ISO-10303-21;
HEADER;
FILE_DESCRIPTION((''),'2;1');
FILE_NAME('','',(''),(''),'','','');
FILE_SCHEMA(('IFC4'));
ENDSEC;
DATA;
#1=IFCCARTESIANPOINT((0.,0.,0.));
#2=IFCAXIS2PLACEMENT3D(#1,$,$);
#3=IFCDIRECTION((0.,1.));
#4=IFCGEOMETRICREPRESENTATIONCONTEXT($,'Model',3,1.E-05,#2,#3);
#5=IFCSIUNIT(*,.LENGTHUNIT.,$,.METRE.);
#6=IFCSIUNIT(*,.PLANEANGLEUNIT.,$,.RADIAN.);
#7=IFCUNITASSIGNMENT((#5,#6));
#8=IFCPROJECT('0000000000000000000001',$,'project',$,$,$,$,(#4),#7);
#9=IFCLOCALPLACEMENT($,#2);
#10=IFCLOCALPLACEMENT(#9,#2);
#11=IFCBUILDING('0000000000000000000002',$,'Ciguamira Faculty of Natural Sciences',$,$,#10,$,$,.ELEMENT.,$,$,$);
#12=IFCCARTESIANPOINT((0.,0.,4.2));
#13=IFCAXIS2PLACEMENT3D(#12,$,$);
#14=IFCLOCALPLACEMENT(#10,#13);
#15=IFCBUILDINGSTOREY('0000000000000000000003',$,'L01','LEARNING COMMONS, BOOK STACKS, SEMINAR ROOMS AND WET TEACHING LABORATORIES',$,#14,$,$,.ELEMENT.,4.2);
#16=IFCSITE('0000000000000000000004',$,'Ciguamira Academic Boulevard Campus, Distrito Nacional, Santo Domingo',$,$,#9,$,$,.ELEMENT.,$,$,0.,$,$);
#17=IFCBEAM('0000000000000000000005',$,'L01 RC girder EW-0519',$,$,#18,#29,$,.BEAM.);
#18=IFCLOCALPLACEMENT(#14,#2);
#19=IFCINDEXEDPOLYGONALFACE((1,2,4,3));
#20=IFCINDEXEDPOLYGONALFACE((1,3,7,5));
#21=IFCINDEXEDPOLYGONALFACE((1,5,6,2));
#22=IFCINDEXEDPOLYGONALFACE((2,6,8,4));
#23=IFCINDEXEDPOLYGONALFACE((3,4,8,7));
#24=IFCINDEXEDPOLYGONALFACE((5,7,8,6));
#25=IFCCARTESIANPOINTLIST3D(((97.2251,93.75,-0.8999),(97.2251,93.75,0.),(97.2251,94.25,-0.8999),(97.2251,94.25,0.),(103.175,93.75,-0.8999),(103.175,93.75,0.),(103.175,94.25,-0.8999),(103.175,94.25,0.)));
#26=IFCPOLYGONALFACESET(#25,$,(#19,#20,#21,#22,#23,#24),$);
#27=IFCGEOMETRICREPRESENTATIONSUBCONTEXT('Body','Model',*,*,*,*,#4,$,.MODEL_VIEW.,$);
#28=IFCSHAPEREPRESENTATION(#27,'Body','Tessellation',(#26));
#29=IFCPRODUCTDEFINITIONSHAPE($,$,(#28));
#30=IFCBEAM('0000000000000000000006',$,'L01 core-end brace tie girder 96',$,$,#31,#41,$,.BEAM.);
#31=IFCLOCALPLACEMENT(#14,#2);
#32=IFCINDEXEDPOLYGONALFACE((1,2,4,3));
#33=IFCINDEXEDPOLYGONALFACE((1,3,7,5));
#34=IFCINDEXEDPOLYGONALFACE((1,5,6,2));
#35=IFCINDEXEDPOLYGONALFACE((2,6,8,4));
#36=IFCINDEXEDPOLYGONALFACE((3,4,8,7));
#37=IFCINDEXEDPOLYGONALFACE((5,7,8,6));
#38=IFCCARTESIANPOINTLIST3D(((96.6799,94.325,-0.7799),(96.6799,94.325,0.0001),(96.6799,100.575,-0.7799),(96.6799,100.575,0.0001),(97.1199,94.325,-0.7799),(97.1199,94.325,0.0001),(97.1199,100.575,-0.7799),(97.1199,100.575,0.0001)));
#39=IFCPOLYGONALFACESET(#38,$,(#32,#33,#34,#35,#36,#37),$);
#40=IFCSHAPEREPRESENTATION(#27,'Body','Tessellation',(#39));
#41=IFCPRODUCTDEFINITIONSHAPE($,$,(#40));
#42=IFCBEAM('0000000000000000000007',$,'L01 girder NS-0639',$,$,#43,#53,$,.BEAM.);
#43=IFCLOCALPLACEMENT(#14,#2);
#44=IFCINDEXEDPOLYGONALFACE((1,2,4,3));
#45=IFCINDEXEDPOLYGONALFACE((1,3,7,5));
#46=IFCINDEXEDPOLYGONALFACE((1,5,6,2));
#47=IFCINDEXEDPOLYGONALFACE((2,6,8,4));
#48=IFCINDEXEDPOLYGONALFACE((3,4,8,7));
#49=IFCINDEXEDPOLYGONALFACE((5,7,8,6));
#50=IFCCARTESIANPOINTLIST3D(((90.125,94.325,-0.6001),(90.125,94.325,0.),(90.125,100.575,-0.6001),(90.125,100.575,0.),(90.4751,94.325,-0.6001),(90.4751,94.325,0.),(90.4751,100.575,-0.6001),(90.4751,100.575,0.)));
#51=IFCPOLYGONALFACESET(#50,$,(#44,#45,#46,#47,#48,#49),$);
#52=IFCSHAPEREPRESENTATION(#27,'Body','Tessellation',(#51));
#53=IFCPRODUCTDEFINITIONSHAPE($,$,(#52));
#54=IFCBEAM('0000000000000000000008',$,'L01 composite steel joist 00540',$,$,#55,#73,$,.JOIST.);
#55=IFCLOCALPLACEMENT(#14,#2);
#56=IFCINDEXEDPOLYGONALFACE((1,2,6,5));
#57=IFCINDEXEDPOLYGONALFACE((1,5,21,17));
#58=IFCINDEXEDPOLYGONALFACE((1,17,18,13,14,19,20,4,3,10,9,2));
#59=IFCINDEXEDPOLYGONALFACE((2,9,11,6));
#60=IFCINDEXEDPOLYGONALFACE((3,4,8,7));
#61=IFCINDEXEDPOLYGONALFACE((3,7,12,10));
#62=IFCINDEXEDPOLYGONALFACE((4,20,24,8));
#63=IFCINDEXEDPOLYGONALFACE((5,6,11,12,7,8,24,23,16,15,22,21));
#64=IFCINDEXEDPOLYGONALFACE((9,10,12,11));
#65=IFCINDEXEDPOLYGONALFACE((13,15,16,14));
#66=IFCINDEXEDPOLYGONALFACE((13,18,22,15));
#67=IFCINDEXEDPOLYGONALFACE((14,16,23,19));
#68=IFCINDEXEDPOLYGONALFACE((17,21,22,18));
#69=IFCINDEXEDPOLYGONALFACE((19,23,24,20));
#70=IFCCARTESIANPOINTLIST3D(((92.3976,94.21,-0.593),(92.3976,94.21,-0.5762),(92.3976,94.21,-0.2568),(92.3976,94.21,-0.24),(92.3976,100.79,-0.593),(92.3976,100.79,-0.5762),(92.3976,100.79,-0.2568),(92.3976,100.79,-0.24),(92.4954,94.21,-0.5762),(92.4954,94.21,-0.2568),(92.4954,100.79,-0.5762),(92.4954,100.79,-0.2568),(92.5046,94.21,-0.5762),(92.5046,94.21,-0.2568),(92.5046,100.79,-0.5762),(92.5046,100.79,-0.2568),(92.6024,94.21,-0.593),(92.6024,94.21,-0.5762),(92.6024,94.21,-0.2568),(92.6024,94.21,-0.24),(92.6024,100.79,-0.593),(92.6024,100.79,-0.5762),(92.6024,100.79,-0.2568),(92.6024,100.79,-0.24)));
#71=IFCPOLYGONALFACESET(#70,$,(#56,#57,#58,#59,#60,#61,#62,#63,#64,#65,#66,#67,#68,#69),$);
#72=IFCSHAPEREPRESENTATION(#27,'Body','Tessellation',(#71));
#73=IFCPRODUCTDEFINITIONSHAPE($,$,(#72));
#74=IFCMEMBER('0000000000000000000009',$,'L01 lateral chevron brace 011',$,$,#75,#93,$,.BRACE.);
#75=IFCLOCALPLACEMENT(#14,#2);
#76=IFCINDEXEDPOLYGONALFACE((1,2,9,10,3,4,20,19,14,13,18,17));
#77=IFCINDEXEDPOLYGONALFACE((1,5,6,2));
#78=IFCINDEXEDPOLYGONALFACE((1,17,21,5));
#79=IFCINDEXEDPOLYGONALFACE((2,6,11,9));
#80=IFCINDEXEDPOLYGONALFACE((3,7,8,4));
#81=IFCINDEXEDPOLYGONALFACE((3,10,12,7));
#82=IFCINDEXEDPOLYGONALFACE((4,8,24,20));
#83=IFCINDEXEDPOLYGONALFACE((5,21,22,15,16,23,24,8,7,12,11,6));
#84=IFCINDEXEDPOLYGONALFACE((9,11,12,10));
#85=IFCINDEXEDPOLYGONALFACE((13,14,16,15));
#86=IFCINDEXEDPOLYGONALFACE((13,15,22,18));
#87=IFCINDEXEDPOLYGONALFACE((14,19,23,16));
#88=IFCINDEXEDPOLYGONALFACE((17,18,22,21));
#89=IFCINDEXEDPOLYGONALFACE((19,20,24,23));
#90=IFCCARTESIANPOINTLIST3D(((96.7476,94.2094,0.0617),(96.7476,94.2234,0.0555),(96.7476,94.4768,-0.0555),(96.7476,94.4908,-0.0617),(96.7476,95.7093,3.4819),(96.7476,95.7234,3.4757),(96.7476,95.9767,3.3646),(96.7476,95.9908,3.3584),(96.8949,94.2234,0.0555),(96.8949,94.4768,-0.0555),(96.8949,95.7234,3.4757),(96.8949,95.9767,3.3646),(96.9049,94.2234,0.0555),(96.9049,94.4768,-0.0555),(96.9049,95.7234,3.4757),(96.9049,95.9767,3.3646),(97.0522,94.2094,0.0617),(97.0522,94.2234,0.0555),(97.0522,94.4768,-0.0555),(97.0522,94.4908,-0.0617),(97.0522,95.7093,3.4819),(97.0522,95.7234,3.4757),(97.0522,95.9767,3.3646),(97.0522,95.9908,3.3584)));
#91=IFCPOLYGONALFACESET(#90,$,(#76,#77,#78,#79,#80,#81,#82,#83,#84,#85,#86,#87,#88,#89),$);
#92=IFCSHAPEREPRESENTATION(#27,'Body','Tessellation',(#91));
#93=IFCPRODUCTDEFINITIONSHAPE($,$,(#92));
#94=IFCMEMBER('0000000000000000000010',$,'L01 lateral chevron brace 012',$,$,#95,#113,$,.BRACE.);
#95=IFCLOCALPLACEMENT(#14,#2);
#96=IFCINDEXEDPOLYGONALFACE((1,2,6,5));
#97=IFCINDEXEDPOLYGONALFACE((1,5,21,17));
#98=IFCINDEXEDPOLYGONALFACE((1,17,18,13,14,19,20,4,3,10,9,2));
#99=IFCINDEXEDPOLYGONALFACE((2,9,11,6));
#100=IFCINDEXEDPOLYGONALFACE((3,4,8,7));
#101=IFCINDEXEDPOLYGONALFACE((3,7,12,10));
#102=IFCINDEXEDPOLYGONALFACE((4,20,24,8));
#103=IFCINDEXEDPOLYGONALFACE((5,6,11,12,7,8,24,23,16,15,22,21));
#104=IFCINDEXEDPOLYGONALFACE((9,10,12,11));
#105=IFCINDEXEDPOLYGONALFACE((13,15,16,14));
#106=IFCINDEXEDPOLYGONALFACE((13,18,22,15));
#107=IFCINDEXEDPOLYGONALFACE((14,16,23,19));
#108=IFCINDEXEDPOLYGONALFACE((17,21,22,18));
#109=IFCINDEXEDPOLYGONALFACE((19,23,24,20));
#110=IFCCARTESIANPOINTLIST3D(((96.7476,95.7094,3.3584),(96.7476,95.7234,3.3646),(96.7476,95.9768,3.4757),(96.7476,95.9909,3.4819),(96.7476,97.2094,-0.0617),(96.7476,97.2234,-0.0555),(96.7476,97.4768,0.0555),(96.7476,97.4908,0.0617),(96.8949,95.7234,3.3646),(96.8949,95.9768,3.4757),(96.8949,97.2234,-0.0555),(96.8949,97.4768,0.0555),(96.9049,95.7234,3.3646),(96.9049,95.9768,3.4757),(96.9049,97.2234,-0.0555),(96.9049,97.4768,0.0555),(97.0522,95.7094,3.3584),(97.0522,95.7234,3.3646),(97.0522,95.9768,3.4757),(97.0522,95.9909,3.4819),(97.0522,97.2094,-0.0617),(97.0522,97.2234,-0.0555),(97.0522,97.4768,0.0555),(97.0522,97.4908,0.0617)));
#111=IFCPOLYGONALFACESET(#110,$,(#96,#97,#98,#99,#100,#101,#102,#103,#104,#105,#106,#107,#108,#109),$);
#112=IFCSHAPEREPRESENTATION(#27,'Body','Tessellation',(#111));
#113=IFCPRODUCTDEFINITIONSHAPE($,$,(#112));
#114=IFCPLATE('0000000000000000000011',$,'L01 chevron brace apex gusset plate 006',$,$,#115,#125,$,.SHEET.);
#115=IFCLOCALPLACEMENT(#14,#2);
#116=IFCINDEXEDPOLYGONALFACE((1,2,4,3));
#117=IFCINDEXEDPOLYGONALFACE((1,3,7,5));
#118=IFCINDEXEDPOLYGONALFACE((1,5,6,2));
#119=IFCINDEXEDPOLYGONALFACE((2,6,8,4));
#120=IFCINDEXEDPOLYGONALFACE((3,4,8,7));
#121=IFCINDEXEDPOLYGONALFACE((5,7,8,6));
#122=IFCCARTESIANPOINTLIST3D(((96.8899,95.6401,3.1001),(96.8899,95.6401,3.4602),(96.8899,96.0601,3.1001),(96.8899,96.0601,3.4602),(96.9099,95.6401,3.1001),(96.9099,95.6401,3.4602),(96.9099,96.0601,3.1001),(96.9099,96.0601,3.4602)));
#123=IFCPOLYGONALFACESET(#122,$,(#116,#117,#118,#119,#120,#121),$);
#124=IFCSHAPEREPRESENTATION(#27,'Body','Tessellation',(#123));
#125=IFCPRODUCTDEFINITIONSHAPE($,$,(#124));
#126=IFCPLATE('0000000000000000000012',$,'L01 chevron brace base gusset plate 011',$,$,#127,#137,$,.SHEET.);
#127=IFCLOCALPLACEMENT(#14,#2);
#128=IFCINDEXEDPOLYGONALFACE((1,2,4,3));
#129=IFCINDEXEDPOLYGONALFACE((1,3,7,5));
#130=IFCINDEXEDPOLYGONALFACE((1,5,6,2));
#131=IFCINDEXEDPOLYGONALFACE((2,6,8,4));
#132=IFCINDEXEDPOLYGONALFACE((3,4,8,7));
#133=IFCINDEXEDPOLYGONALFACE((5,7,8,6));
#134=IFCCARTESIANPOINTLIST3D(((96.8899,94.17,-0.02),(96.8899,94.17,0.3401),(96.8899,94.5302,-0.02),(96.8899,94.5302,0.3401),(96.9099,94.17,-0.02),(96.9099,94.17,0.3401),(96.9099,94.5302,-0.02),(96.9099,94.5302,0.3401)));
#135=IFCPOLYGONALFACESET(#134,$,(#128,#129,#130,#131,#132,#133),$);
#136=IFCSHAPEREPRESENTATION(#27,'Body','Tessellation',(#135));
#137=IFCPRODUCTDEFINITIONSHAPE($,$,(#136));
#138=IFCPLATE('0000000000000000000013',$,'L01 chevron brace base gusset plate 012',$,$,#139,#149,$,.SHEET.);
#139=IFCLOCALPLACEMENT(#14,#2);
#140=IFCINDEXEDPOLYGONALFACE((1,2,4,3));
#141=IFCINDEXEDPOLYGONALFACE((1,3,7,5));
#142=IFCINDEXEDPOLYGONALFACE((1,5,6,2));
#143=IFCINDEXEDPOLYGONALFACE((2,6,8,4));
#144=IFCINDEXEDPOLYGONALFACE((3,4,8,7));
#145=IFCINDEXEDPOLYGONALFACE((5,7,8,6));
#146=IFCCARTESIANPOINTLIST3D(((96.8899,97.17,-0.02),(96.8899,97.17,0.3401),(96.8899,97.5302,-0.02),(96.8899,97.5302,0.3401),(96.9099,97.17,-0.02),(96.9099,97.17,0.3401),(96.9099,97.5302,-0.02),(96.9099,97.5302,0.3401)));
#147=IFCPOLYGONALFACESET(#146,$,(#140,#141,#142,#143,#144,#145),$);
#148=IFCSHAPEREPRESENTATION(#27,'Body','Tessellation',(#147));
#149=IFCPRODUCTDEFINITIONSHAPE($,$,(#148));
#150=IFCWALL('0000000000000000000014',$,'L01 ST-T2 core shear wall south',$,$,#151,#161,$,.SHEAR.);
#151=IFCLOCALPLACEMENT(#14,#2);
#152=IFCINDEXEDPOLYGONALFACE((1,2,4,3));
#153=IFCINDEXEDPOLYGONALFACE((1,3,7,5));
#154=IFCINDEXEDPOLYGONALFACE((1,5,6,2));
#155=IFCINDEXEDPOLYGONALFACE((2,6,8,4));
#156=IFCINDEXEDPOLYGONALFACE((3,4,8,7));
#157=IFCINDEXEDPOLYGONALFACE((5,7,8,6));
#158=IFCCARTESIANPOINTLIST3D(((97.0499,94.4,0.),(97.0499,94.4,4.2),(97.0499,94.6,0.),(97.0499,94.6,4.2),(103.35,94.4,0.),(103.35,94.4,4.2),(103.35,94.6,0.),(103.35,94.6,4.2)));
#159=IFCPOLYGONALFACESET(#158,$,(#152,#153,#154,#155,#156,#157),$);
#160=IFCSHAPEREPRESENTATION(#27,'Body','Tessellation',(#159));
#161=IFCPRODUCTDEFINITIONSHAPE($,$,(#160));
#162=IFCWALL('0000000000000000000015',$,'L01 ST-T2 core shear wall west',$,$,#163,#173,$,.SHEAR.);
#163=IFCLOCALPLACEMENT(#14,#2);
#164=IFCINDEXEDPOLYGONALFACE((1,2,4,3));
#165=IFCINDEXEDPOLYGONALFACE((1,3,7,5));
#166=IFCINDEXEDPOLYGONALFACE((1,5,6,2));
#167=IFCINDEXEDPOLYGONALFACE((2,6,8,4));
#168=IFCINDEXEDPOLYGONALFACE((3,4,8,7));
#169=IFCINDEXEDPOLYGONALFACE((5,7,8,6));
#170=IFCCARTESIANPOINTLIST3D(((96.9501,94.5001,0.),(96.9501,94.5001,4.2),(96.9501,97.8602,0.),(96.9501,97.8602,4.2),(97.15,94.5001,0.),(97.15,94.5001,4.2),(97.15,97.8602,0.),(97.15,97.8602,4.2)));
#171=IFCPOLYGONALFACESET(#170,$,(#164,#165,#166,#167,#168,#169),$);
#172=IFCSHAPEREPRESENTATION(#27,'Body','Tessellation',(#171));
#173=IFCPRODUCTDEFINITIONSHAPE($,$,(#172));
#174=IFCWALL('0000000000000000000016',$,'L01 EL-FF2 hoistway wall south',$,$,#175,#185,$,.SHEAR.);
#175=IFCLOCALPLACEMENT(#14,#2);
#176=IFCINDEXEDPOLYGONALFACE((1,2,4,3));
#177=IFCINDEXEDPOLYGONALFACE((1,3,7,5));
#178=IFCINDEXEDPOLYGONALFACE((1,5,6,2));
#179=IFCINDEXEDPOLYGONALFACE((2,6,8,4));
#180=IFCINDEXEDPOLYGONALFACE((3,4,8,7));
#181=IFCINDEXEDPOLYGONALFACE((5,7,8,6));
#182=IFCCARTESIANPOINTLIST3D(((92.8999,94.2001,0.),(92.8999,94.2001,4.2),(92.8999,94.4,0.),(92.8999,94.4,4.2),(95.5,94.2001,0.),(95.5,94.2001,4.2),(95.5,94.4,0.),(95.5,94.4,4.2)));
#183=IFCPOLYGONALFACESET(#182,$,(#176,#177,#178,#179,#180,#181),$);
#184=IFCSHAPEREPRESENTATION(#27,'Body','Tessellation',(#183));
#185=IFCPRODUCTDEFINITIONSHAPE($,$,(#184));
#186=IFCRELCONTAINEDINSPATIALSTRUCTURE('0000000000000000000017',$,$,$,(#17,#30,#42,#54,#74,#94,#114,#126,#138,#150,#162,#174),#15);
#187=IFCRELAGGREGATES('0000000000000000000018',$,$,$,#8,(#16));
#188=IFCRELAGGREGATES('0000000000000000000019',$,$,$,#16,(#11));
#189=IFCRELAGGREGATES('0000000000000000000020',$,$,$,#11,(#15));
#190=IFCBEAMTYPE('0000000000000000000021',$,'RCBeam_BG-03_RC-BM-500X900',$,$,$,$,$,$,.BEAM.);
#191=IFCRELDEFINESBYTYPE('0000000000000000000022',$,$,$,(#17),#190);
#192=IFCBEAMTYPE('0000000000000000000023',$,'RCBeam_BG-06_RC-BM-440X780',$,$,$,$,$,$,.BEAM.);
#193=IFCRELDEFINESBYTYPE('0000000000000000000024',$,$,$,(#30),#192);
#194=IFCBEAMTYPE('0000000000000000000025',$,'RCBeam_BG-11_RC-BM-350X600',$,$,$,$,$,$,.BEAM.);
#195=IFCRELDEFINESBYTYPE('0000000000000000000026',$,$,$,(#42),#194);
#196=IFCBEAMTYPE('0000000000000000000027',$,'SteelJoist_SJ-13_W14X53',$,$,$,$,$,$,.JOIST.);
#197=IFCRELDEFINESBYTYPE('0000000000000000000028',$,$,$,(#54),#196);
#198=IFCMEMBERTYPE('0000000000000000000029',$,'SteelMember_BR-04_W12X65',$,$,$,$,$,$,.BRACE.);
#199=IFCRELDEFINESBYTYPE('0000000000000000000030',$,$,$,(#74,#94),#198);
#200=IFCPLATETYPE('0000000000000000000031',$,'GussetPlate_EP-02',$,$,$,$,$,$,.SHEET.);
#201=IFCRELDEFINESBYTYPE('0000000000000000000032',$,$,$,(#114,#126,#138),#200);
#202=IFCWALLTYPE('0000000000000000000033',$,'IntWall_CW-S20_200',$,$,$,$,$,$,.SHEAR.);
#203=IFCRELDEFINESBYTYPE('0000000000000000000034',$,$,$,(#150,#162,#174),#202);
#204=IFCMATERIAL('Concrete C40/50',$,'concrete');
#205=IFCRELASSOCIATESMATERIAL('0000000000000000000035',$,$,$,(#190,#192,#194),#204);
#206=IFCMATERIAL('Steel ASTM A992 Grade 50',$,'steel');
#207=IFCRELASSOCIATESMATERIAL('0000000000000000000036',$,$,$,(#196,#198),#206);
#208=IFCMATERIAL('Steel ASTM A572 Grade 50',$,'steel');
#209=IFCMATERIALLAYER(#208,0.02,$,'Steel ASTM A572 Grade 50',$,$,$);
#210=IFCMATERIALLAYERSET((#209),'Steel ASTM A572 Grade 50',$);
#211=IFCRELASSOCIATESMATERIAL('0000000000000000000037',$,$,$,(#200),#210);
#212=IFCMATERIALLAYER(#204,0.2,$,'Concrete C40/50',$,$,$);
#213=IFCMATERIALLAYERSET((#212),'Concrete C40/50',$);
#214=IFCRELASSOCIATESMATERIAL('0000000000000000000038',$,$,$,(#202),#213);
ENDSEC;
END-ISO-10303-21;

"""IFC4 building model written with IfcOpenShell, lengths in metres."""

from ifc_helpers import new_model, si_unit, direction, frame, frame_2d, origin, origin_2d, place, context, subcontext, project, spatial, rectangle, i_section, extrude, material, layer, layer_set, material_profile, profile_set, type_object, element, save


model = new_model("IFC4")

# Units and contexts
model_context = context("Model", 3, precision=1e-05, world=origin(), true_north=direction((0.0, 1.0)))
body_context = subcontext(model_context, "Body", "Model", "MODEL_VIEW")
ifc_project = project(units=[si_unit("LENGTHUNIT", "METRE"), si_unit("PLANEANGLEUNIT", "RADIAN")], contexts=[model_context])

# Site, building, storey
site_placement = place(None, origin())
site = spatial("IfcSite", under=ifc_project, at=site_placement, Name="Ciguamira Academic Boulevard Campus, Distrito Nacional, Santo Domingo", CompositionType="ELEMENT", RefElevation=0.0)
building_placement = place(site_placement, origin())
building = spatial("IfcBuilding", under=site, at=building_placement, Name="Ciguamira Faculty of Natural Sciences", CompositionType="ELEMENT")
storey_placement = place(building_placement, frame((0.0, 0.0, 4.2)))
storey = spatial("IfcBuildingStorey", under=building, at=storey_placement, Name="L01", Description="LEARNING COMMONS, BOOK STACKS, SEMINAR ROOMS AND WET TEACHING LABORATORIES", CompositionType="ELEMENT", Elevation=4.2)

# Beams
ifc_material_1 = material(Name="Concrete C40/50", Category="concrete")
ifc_material_profile_1 = material_profile(ifc_material_1, rectangle(XDim=0.5, YDim=0.8999, at=origin_2d()), Name="RC-BM-500X900")
ifc_profile_set_1 = profile_set([ifc_material_profile_1], Name="Concrete C40/50")
beam_type_1 = type_object("IfcBeamType", Name="RCBeam_BG-03_RC-BM-500X900", PredefinedType="BEAM", material=ifc_profile_set_1)
beam_1_placement = place(storey_placement, frame((97.2251, 94.0, -0.45), z_axis=(1.0, 0.0, 0.0), x_axis=(0.0, 1.0, 0.0)))
element("IfcBeam", 1, at=beam_1_placement, inside=storey, type_object=beam_type_1, Name="L01 RC girder EW-0519", PredefinedType="BEAM", context=body_context, shape_type="SweptSolid", body=[
    extrude(rectangle(XDim=0.5, YDim=0.8999, at=origin_2d()), origin(), (0.0, 0.0, 1.0), 5.95),
])
ifc_material_profile_2 = material_profile(ifc_material_1, rectangle(XDim=0.4399, YDim=0.78, at=origin_2d()), Name="RC-BM-440X780")
ifc_profile_set_2 = profile_set([ifc_material_profile_2], Name="Concrete C40/50")
beam_type_2 = type_object("IfcBeamType", Name="RCBeam_BG-06_RC-BM-440X780", PredefinedType="BEAM", material=ifc_profile_set_2)
beam_2_placement = place(storey_placement, frame((96.8999, 94.325, -0.3899), z_axis=(0.0, 1.0, 0.0), x_axis=(-1.0, 0.0, 0.0)))
element("IfcBeam", 2, at=beam_2_placement, inside=storey, type_object=beam_type_2, Name="L01 core-end brace tie girder 96", PredefinedType="BEAM", context=body_context, shape_type="SweptSolid", body=[
    extrude(rectangle(XDim=0.4399, YDim=0.78, at=origin_2d()), origin(), (0.0, 0.0, 1.0), 6.25),
])
ifc_material_profile_3 = material_profile(ifc_material_1, rectangle(XDim=0.3501, YDim=0.6001, at=origin_2d()), Name="RC-BM-350X600")
ifc_profile_set_3 = profile_set([ifc_material_profile_3], Name="Concrete C40/50")
beam_type_3 = type_object("IfcBeamType", Name="RCBeam_BG-11_RC-BM-350X600", PredefinedType="BEAM", material=ifc_profile_set_3)
beam_3_placement = place(storey_placement, frame((90.3, 94.325, -0.3), z_axis=(0.0, 1.0, 0.0), x_axis=(-1.0, 0.0, 0.0)))
element("IfcBeam", 3, at=beam_3_placement, inside=storey, type_object=beam_type_3, Name="L01 girder NS-0639", PredefinedType="BEAM", context=body_context, shape_type="SweptSolid", body=[
    extrude(rectangle(XDim=0.3501, YDim=0.6001, at=origin_2d()), origin(), (0.0, 0.0, 1.0), 6.25),
])
ifc_material_2 = material(Name="Steel ASTM A992 Grade 50", Category="steel")
ifc_material_profile_4 = material_profile(ifc_material_2, i_section(OverallWidth=0.2048, OverallDepth=0.353, WebThickness=0.0093, FlangeThickness=0.0168, at=origin_2d()), Name="W14X53")
ifc_profile_set_4 = profile_set([ifc_material_profile_4], Name="Steel ASTM A992 Grade 50")
beam_type_4 = type_object("IfcBeamType", Name="SteelJoist_SJ-13_W14X53", PredefinedType="JOIST", material=ifc_profile_set_4)
beam_4_placement = place(storey_placement, frame((92.5, 94.21, -0.4165), z_axis=(0.0, 1.0, 0.0), x_axis=(-1.0, 0.0, 0.0)))
element("IfcBeam", 4, at=beam_4_placement, inside=storey, type_object=beam_type_4, Name="L01 composite steel joist 00540", PredefinedType="JOIST", context=body_context, shape_type="SweptSolid", body=[
    extrude(i_section(OverallWidth=0.2048, OverallDepth=0.353, WebThickness=0.0093, FlangeThickness=0.0168, at=origin_2d()), origin(), (0.0, 0.0, 1.0), 6.5801),
])

# Members
ifc_material_profile_5 = material_profile(ifc_material_2, i_section(OverallWidth=0.3047, OverallDepth=0.3074, WebThickness=0.01, FlangeThickness=0.0154, at=origin_2d()), Name="W12X65")
ifc_profile_set_5 = profile_set([ifc_material_profile_5], Name="Steel ASTM A992 Grade 50")
member_type = type_object("IfcMemberType", Name="SteelMember_BR-04_W12X65", PredefinedType="BRACE", material=ifc_profile_set_5)
for number, where, z_axis, x_axis, name in (
    (5, (96.8999, 94.3501, 0.0), (0.0, 0.401645, 0.915795), (-1.0, 0.0, 0.0), "L01 lateral chevron brace 011"),
    (6, (96.8999, 97.3501, 0.0), (0.0, -0.401645, 0.915795), (1.0, 0.0, 0.0), "L01 lateral chevron brace 012"),
):
    element("IfcMember", number, at=place(storey_placement, frame(where, z_axis=z_axis, x_axis=x_axis)), inside=storey, type_object=member_type, Name=name, PredefinedType="BRACE", context=body_context, shape_type="SweptSolid", body=[
        extrude(i_section(OverallWidth=0.3047, OverallDepth=0.3074, WebThickness=0.01, FlangeThickness=0.0154, at=origin_2d()), origin(), (0.0, 0.0, 1.0), 3.7346),
    ])

# Plates
ifc_material_3 = material(Name="Steel ASTM A572 Grade 50", Category="steel")
ifc_layer_1 = layer(ifc_material_3, 0.02, Name="Steel ASTM A572 Grade 50")
ifc_layer_set_1 = layer_set([ifc_layer_1], Name="Steel ASTM A572 Grade 50")
plate_type = type_object("IfcPlateType", Name="GussetPlate_EP-02", PredefinedType="SHEET", material=ifc_layer_set_1)
plate_placement = place(storey_placement, frame((96.8999, 95.8501, 3.1001), z_axis=(0.0, 0.0, 1.0), x_axis=(1.0, 0.0, 0.0)))
element("IfcPlate", 7, at=plate_placement, inside=storey, type_object=plate_type, Name="L01 chevron brace apex gusset plate 006", PredefinedType="SHEET", context=body_context, shape_type="SweptSolid", body=[
    extrude(rectangle(XDim=0.02, YDim=0.4199, at=origin_2d()), origin(), (0.0, 0.0, 1.0), 0.3601),
])
for number, where, z_axis, x_axis, name in (
    (8, (96.8999, 94.3501, -0.02), (0.0, 0.0, 1.0), (1.0, 0.0, 0.0), "L01 chevron brace base gusset plate 011"),
    (9, (96.8999, 97.3501, -0.02), (0.0, 0.0, 1.0), (1.0, 0.0, 0.0), "L01 chevron brace base gusset plate 012"),
):
    element("IfcPlate", number, at=place(storey_placement, frame(where, z_axis=z_axis, x_axis=x_axis)), inside=storey, type_object=plate_type, Name=name, PredefinedType="SHEET", context=body_context, shape_type="SweptSolid", body=[
        extrude(rectangle(XDim=0.02, YDim=0.3601, at=origin_2d()), origin(), (0.0, 0.0, 1.0), 0.3601),
    ])

# Walls
ifc_layer_2 = layer(ifc_material_1, 0.2, Name="Concrete C40/50")
ifc_layer_set_2 = layer_set([ifc_layer_2], Name="Concrete C40/50")
wall_type = type_object("IfcWallType", Name="IntWall_CW-S20_200", PredefinedType="SHEAR", material=ifc_layer_set_2)
wall_1_placement = place(storey_placement, frame((97.05, 94.5, 0.0), z_axis=(0.0, 0.0, 1.0), x_axis=(1.0, 0.0, 0.0)))
element("IfcWall", 10, at=wall_1_placement, inside=storey, type_object=wall_type, Name="L01 ST-T2 core shear wall south", PredefinedType="SHEAR", context=body_context, shape_type="SweptSolid", body=[
    extrude(rectangle(XDim=6.3, YDim=0.2, at=frame_2d((3.1499, 0.0))), origin(), (0.0, 0.0, 1.0), 4.2),
])
wall_2_placement = place(storey_placement, frame((97.05, 94.5, 0.0), z_axis=(0.0, 0.0, 1.0), x_axis=(0.0, 1.0, 0.0)))
element("IfcWall", 11, at=wall_2_placement, inside=storey, type_object=wall_type, Name="L01 ST-T2 core shear wall west", PredefinedType="SHEAR", context=body_context, shape_type="SweptSolid", body=[
    extrude(rectangle(XDim=3.3601, YDim=0.2, at=frame_2d((1.6802, 0.0))), origin(), (0.0, 0.0, 1.0), 4.2),
])
wall_3_placement = place(storey_placement, frame((92.8999, 94.3, 0.0), z_axis=(0.0, 0.0, 1.0), x_axis=(1.0, 0.0, 0.0)))
element("IfcWall", 12, at=wall_3_placement, inside=storey, type_object=wall_type, Name="L01 EL-FF2 hoistway wall south", PredefinedType="SHEAR", context=body_context, shape_type="SweptSolid", body=[
    extrude(rectangle(XDim=2.6001, YDim=0.2, at=frame_2d((1.3, 0.0))), origin(), (0.0, 0.0, 1.0), 4.2),
])

save(model, "model.ifc")
